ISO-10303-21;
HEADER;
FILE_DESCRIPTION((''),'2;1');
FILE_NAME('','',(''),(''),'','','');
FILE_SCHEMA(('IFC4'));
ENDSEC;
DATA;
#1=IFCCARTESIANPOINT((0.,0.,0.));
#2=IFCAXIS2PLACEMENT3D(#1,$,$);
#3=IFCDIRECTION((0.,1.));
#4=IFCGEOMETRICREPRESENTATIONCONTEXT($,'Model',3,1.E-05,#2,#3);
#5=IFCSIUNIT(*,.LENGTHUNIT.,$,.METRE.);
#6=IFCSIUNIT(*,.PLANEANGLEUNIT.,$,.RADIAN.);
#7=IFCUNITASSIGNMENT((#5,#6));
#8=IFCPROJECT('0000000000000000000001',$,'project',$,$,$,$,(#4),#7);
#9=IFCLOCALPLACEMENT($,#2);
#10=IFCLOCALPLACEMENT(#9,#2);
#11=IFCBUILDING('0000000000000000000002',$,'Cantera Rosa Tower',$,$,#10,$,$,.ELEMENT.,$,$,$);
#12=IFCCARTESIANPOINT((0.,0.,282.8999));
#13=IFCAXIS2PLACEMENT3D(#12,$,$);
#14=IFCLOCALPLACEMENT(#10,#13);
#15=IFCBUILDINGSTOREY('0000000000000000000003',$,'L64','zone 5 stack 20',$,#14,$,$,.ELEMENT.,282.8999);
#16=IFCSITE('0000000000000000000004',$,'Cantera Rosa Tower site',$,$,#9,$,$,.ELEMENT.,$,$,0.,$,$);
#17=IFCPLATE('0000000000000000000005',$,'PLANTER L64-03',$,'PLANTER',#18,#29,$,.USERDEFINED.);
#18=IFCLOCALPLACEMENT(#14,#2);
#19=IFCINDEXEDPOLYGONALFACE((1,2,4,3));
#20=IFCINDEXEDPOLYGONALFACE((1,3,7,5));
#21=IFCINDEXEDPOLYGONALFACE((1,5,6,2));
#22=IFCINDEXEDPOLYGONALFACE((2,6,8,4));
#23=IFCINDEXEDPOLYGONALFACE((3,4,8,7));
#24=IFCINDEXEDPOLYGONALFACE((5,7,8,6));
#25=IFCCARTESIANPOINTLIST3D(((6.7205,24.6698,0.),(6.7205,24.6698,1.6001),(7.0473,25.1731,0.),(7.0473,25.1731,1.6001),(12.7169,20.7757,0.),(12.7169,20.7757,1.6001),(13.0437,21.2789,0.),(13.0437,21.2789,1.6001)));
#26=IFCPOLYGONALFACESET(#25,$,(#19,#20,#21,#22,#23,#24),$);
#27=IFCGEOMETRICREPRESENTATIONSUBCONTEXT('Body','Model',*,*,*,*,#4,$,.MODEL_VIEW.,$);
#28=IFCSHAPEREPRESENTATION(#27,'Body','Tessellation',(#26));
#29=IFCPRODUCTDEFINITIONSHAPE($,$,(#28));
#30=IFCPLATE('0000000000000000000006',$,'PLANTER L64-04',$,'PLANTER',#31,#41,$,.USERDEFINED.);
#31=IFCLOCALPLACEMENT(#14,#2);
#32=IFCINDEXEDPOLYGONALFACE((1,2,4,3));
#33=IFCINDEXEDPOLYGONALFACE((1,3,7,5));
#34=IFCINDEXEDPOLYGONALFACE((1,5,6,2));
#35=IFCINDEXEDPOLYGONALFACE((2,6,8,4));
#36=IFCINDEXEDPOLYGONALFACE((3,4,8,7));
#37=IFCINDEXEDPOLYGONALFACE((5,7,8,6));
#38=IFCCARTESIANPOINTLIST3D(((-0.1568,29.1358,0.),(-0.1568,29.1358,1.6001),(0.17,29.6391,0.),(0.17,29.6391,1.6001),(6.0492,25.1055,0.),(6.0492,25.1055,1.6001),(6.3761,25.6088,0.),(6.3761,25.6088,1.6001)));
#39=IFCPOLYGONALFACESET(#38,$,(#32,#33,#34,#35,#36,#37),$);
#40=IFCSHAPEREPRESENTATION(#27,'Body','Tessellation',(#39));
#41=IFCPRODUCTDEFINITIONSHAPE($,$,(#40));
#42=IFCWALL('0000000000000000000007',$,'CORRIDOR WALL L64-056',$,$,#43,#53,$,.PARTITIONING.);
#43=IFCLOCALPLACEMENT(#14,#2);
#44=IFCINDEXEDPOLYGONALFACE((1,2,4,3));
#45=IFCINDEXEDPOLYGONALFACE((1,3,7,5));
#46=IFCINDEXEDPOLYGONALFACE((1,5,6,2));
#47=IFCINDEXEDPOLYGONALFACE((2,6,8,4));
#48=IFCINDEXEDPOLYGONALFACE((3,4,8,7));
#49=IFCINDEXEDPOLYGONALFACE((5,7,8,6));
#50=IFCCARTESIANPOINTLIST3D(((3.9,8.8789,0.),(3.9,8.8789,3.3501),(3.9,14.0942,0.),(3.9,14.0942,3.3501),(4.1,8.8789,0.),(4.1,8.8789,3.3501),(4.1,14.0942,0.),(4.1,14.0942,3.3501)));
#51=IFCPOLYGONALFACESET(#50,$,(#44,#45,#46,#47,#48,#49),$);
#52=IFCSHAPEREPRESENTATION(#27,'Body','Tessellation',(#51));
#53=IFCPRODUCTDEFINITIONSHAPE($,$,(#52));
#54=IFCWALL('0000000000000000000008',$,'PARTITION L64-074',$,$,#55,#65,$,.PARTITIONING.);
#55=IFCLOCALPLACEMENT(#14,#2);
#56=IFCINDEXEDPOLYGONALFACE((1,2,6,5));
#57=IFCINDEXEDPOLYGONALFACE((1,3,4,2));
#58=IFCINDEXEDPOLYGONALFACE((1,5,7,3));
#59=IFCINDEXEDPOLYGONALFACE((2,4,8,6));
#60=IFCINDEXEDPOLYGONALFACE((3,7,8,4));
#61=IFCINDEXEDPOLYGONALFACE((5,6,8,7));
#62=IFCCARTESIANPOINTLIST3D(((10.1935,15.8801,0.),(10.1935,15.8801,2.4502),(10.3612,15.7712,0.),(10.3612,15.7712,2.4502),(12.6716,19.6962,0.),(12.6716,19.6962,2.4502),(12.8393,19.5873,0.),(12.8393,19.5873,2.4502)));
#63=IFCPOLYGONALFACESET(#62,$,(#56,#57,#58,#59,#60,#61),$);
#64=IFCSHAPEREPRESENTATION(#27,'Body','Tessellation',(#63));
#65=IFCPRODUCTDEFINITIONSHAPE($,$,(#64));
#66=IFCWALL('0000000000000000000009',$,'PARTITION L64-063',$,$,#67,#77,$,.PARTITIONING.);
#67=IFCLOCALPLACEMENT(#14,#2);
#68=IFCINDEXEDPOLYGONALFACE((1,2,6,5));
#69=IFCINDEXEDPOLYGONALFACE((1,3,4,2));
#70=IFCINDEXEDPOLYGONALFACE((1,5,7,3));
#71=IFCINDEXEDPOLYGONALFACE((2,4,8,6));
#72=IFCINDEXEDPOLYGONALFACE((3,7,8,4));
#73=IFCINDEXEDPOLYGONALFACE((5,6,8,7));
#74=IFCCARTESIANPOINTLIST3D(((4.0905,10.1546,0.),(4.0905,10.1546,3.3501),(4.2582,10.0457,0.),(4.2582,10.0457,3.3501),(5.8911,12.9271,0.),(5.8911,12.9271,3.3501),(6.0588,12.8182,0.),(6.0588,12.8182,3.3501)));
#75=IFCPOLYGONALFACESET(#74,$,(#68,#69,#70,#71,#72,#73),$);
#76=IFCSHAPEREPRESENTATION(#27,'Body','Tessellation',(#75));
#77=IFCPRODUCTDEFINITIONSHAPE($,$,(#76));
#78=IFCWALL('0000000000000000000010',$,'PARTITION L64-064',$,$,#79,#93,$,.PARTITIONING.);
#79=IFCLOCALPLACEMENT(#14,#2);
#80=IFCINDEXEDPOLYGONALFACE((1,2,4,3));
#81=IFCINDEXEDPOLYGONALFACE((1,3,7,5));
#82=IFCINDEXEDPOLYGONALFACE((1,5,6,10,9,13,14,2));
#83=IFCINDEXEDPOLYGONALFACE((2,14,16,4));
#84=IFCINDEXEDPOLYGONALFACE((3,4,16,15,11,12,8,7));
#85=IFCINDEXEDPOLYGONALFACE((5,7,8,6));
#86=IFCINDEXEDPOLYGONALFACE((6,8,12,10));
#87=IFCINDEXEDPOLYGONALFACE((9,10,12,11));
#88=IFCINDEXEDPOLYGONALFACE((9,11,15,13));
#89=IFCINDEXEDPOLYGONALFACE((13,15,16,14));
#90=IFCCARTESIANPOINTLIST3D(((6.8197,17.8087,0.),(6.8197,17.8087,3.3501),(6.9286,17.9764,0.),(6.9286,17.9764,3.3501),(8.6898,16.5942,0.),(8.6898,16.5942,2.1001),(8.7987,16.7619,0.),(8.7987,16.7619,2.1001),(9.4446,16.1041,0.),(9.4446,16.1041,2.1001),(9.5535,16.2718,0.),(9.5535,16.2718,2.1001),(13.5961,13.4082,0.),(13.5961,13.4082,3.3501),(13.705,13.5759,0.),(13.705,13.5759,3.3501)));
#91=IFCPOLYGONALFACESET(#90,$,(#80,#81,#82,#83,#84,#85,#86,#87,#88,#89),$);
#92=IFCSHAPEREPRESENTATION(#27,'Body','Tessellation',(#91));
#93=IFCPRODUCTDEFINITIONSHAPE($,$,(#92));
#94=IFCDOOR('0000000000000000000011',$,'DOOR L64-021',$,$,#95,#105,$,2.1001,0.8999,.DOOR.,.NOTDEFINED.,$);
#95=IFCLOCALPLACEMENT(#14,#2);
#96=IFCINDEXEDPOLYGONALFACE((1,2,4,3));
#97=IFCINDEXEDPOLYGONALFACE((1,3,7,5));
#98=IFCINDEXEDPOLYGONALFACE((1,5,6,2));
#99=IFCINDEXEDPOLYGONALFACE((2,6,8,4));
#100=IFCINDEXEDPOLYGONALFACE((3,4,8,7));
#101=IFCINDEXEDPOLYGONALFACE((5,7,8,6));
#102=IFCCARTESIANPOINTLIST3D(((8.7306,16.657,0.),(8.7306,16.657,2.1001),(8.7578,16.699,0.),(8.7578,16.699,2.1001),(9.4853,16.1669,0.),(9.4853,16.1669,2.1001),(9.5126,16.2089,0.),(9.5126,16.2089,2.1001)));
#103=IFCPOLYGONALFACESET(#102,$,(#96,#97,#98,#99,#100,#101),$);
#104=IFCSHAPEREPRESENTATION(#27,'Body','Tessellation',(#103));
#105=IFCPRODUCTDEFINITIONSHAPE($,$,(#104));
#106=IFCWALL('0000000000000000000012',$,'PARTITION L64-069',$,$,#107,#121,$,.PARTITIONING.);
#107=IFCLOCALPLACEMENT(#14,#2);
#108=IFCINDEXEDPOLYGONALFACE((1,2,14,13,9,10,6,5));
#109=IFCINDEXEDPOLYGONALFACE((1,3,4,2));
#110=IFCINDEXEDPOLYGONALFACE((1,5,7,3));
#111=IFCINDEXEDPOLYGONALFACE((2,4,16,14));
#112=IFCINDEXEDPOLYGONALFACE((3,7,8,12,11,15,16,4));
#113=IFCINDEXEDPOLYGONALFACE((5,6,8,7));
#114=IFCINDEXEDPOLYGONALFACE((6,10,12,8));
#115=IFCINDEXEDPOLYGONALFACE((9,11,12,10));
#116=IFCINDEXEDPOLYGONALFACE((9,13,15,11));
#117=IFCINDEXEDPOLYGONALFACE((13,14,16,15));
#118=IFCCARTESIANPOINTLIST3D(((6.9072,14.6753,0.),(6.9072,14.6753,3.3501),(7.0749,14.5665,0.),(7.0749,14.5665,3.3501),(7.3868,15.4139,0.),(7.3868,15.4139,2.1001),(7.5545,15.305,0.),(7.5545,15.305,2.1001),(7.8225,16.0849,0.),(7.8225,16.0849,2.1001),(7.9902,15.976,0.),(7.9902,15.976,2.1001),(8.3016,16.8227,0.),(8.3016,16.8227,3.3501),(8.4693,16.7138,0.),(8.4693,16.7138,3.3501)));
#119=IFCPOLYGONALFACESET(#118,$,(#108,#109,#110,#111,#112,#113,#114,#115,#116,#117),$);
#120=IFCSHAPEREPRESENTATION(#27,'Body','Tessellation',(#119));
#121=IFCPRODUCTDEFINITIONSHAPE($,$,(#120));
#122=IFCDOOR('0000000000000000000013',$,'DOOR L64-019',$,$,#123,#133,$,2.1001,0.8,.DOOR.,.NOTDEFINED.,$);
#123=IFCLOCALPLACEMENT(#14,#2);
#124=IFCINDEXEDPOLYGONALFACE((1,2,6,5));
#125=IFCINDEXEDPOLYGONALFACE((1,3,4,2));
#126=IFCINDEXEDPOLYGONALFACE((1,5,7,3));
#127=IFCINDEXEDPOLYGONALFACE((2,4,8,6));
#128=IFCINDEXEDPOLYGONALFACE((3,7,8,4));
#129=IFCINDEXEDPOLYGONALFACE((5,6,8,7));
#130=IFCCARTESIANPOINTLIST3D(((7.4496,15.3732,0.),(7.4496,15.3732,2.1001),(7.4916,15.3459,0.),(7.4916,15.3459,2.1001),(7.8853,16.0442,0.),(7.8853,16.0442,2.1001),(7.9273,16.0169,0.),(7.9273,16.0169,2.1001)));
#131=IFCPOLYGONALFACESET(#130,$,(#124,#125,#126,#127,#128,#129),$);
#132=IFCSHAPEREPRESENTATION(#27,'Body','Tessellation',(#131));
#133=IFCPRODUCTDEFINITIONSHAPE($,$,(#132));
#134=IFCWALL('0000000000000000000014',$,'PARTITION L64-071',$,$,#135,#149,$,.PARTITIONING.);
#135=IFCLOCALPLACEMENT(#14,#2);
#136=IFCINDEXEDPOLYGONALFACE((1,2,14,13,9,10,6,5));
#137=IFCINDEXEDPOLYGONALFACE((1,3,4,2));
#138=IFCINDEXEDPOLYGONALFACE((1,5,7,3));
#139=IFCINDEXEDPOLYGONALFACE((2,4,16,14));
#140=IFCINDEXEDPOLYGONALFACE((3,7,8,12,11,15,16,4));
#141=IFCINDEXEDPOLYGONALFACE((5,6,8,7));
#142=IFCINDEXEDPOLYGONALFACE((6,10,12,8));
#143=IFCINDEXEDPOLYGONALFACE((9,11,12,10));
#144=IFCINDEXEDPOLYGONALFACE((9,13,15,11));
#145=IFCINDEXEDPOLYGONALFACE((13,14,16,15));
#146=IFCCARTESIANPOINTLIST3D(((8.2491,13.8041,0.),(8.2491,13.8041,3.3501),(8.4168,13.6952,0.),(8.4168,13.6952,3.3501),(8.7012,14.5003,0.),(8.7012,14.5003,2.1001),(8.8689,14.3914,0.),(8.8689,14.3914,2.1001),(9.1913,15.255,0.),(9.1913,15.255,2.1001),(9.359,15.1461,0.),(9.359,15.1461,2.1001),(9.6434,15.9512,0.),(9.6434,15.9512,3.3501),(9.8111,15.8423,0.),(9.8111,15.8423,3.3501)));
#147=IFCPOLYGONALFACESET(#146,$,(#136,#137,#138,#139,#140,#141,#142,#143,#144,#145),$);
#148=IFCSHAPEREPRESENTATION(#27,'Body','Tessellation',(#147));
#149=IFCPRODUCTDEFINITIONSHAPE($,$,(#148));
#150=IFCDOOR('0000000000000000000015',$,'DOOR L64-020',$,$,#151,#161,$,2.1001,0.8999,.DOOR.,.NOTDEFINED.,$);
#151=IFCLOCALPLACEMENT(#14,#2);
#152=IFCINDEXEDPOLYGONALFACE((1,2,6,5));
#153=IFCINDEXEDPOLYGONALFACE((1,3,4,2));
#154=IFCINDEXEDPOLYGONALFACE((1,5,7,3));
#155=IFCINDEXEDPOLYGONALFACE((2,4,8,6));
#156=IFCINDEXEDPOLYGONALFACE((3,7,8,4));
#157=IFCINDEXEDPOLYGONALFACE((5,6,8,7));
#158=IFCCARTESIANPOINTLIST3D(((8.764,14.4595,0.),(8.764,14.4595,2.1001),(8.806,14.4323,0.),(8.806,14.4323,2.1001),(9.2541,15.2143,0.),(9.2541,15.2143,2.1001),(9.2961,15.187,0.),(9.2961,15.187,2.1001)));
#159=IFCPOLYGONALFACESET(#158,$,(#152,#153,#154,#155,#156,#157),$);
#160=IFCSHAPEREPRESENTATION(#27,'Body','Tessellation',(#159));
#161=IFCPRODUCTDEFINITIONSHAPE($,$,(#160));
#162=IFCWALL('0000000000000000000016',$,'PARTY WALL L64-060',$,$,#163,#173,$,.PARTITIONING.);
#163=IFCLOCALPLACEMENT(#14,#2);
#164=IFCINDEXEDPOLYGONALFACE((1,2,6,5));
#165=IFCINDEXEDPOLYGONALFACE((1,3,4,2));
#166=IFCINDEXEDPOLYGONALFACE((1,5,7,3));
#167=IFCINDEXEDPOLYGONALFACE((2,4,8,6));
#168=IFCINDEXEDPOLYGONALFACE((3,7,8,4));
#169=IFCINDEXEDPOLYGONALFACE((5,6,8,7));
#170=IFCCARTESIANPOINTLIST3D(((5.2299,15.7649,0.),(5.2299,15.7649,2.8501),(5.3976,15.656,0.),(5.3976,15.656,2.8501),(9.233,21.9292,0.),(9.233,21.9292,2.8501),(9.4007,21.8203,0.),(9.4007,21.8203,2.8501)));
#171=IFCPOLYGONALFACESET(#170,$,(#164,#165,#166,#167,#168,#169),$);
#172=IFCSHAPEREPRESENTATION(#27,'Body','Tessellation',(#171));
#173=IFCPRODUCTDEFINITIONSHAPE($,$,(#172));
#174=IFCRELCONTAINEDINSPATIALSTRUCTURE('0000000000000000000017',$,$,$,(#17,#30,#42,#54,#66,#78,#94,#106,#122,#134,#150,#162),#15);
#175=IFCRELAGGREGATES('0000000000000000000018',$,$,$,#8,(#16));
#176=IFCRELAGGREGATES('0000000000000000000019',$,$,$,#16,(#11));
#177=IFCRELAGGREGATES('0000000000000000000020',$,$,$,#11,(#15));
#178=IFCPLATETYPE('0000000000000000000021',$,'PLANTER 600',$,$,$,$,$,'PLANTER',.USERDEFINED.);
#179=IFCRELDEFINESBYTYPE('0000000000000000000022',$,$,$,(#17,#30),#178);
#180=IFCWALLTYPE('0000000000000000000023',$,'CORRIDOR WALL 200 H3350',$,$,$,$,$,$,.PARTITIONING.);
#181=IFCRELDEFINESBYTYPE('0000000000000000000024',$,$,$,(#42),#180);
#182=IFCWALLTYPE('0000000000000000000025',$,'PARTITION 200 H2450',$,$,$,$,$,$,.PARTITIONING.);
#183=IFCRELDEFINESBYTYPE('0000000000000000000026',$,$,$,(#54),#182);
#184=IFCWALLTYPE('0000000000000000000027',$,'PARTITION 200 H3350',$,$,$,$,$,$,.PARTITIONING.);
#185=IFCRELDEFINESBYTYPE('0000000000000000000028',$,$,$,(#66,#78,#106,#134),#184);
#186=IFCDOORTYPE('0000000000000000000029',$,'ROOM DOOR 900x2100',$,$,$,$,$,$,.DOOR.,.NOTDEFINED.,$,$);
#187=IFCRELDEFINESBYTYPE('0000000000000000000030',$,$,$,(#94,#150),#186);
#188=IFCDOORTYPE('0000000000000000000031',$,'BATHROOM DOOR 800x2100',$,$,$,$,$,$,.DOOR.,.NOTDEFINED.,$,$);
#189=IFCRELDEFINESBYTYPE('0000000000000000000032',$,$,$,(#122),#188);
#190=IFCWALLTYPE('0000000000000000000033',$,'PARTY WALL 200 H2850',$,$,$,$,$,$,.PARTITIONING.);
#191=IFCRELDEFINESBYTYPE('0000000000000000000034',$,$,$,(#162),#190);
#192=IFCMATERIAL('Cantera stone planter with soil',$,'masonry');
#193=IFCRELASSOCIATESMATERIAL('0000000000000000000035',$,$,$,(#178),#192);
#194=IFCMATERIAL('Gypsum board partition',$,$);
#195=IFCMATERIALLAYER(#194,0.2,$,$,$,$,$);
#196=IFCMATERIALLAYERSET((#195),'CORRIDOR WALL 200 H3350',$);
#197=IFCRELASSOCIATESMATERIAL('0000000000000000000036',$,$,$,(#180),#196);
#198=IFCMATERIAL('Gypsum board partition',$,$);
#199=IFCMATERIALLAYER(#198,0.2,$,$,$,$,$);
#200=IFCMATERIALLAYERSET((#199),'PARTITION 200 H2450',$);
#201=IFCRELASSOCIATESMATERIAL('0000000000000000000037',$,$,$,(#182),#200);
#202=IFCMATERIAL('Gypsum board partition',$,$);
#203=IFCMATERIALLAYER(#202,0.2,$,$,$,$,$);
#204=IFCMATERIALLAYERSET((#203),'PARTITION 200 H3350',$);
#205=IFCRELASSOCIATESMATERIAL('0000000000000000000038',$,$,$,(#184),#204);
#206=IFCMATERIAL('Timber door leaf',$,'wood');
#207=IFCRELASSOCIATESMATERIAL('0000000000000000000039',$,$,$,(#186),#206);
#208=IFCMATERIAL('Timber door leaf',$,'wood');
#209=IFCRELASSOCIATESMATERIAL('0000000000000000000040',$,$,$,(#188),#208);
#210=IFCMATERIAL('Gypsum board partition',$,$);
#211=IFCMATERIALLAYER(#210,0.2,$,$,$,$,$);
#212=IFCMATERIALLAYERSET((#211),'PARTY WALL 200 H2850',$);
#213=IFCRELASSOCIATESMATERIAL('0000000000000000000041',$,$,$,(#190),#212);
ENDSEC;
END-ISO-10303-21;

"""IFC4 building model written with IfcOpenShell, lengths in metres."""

from ifc_helpers import new_model, si_unit, direction, frame, frame_2d, origin, origin_2d, place, context, subcontext, project, spatial, rectangle, extrude, material, layer, layer_set, type_object, element, fill, save


model = new_model("IFC4")

# Units and contexts
model_context = context("Model", 3, precision=1e-05, world=origin(), true_north=direction((0.0, 1.0)))
body_context = subcontext(model_context, "Body", "Model", "MODEL_VIEW")
ifc_project = project(units=[si_unit("LENGTHUNIT", "METRE"), si_unit("PLANEANGLEUNIT", "RADIAN")], contexts=[model_context])

# Site, building, storey
site_placement = place(None, origin())
site = spatial("IfcSite", under=ifc_project, at=site_placement, Name="Cantera Rosa Tower site", CompositionType="ELEMENT", RefElevation=0.0)
building_placement = place(site_placement, origin())
building = spatial("IfcBuilding", under=site, at=building_placement, Name="Cantera Rosa Tower", CompositionType="ELEMENT")
storey_placement = place(building_placement, frame((0.0, 0.0, 282.8999)))
storey = spatial("IfcBuildingStorey", under=building, at=storey_placement, Name="L64", Description="zone 5 stack 20", CompositionType="ELEMENT", Elevation=282.8999)

# Plates
ifc_material_1 = material(Name="Cantera stone planter with soil", Category="masonry")
plate_type = type_object("IfcPlateType", Name="PLANTER 600", ElementType="PLANTER", PredefinedType="USERDEFINED", material=ifc_material_1)
plate_1_placement = place(storey_placement, frame((9.8821, 22.9744, 0.0), z_axis=(0.0, 0.0, 1.0), x_axis=(-0.838671, 0.544639, 0.0)))
element("IfcPlate", 1, at=plate_1_placement, inside=storey, type_object=plate_type, Name="PLANTER L64-03", ObjectType="PLANTER", PredefinedType="USERDEFINED", context=body_context, shape_type="SweptSolid", body=[
    extrude(rectangle(XDim=7.1499, YDim=0.6001, at=origin_2d()), origin(), (0.0, 0.0, 1.0), 1.6001),
])
plate_2_placement = place(storey_placement, frame((3.1096, 27.3723, 0.0), z_axis=(0.0, 0.0, 1.0), x_axis=(-0.838671, 0.544639, 0.0)))
element("IfcPlate", 2, at=plate_2_placement, inside=storey, type_object=plate_type, Name="PLANTER L64-04", ObjectType="PLANTER", PredefinedType="USERDEFINED", context=body_context, shape_type="SweptSolid", body=[
    extrude(rectangle(XDim=7.3999, YDim=0.6001, at=origin_2d()), origin(), (0.0, 0.0, 1.0), 1.6001),
])

# Wall
ifc_material_2 = material(Name="Gypsum board partition")
ifc_layer_1 = layer(ifc_material_2, 0.2)
ifc_layer_set_1 = layer_set([ifc_layer_1], Name="CORRIDOR WALL 200 H3350")
wall_type_1 = type_object("IfcWallType", Name="CORRIDOR WALL 200 H3350", PredefinedType="PARTITIONING", material=ifc_layer_set_1)
wall_1_placement = place(storey_placement, frame((4.0, 8.8789, 0.0), z_axis=(0.0, 0.0, 1.0), x_axis=(0.0, 1.0, 0.0)))
element("IfcWall", 3, at=wall_1_placement, inside=storey, type_object=wall_type_1, Name="CORRIDOR WALL L64-056", PredefinedType="PARTITIONING", context=body_context, shape_type="SweptSolid", body=[
    extrude(rectangle(XDim=5.2153, YDim=0.2, at=frame_2d((2.6077, 0.0))), origin(), (0.0, 0.0, 1.0), 3.3501),
])

# Walls
ifc_material_3 = material(Name="Gypsum board partition")
ifc_layer_2 = layer(ifc_material_3, 0.2)
ifc_layer_set_2 = layer_set([ifc_layer_2], Name="PARTITION 200 H2450")
wall_type_2 = type_object("IfcWallType", Name="PARTITION 200 H2450", PredefinedType="PARTITIONING", material=ifc_layer_set_2)
wall_2_placement = place(storey_placement, frame((12.7554, 19.6416, 0.0), z_axis=(0.0, 0.0, 1.0), x_axis=(-0.54463, -0.838676, 0.0)))
element("IfcWall", 4, at=wall_2_placement, inside=storey, type_object=wall_type_2, Name="PARTITION L64-074", PredefinedType="PARTITIONING", context=body_context, shape_type="SweptSolid", body=[
    extrude(rectangle(XDim=4.55, YDim=0.2, at=frame_2d((2.2749, 0.0))), origin(), (0.0, 0.0, 1.0), 2.4502),
])
ifc_material_4 = material(Name="Gypsum board partition")
ifc_layer_3 = layer(ifc_material_4, 0.2)
ifc_layer_set_3 = layer_set([ifc_layer_3], Name="PARTITION 200 H3350")
wall_type_3 = type_object("IfcWallType", Name="PARTITION 200 H3350", PredefinedType="PARTITIONING", material=ifc_layer_set_3)
wall_3_placement = place(storey_placement, frame((5.9749, 12.8726, 0.0), z_axis=(0.0, 0.0, 1.0), x_axis=(-0.544656, -0.83866, 0.0)))
element("IfcWall", 5, at=wall_3_placement, inside=storey, type_object=wall_type_3, Name="PARTITION L64-063", PredefinedType="PARTITIONING", context=body_context, shape_type="SweptSolid", body=[
    extrude(rectangle(XDim=3.3059, YDim=0.2, at=frame_2d((1.6528, 0.0))), origin(), (0.0, 0.0, 1.0), 3.3501),
])

# Walls, openings, doors
wall_4_placement = place(storey_placement, frame((6.874, 17.8926, 0.0), z_axis=(0.0, 0.0, 1.0), x_axis=(0.838684, -0.544619, 0.0)))
wall_4 = element("IfcWall", 6, at=wall_4_placement, inside=storey, type_object=wall_type_3, Name="PARTITION L64-064", PredefinedType="PARTITIONING", context=body_context, shape_type="SweptSolid", body=[
    extrude(rectangle(XDim=8.0798, YDim=0.2, at=frame_2d((4.04, 0.0))), origin(), (0.0, 0.0, 1.0), 3.3501),
])
opening_1_placement = place(wall_4_placement, frame((2.23, 0.0, 0.0)))
opening_1 = element("IfcOpeningElement", 7, at=opening_1_placement, cuts=wall_4, PredefinedType="OPENING", context=body_context, shape_type="SweptSolid", body=[
    extrude(rectangle(XDim=0.8999, YDim=2.1001, at=frame_2d((0.45, 1.05))), frame((0.0, 0.1099, 0.0), z_axis=(0.0, -1.0, 0.0), x_axis=(1.0, 0.0, 0.0)), (0.0, 0.0, 1.0), 0.22),
])
ifc_material_5 = material(Name="Timber door leaf", Category="wood")
door_type_1 = type_object("IfcDoorType", Name="ROOM DOOR 900x2100", OperationType="NOTDEFINED", PredefinedType="DOOR", material=ifc_material_5)
door_1_placement = place(opening_1_placement, origin())
door_1 = element("IfcDoor", 8, at=door_1_placement, inside=storey, type_object=door_type_1, Name="DOOR L64-021", OperationType="NOTDEFINED", OverallHeight=2.1001, OverallWidth=0.8999, PredefinedType="DOOR", context=body_context, shape_type="SweptSolid", body=[
    extrude(rectangle(XDim=0.8999, YDim=2.1001, at=frame_2d((0.45, 1.05))), frame((0.0, 0.0249, 0.0), z_axis=(0.0, -1.0, 0.0), x_axis=(1.0, 0.0, 0.0)), (0.0, 0.0, 1.0), 0.05),
])
fill(opening_1, door_1)
wall_5_placement = place(storey_placement, frame((8.3855, 16.7683, 0.0), z_axis=(0.0, 0.0, 1.0), x_axis=(-0.544603, -0.838694, 0.0)))
wall_5 = element("IfcWall", 9, at=wall_5_placement, inside=storey, type_object=wall_type_3, Name="PARTITION L64-069", PredefinedType="PARTITIONING", context=body_context, shape_type="SweptSolid", body=[
    extrude(rectangle(XDim=2.5603, YDim=0.2, at=frame_2d((1.2803, 0.0))), origin(), (0.0, 0.0, 1.0), 3.3501),
])
opening_2_placement = place(wall_5_placement, frame((0.8799, 0.0, 0.0)))
opening_2 = element("IfcOpeningElement", 10, at=opening_2_placement, cuts=wall_5, PredefinedType="OPENING", context=body_context, shape_type="SweptSolid", body=[
    extrude(rectangle(XDim=0.8, YDim=2.1001, at=frame_2d((0.3999, 1.05))), frame((0.0, 0.1099, 0.0), z_axis=(0.0, -1.0, 0.0), x_axis=(1.0, 0.0, 0.0)), (0.0, 0.0, 1.0), 0.22),
])
ifc_material_6 = material(Name="Timber door leaf", Category="wood")
door_type_2 = type_object("IfcDoorType", Name="BATHROOM DOOR 800x2100", OperationType="NOTDEFINED", PredefinedType="DOOR", material=ifc_material_6)
door_2_placement = place(opening_2_placement, origin())
door_2 = element("IfcDoor", 11, at=door_2_placement, inside=storey, type_object=door_type_2, Name="DOOR L64-019", OperationType="NOTDEFINED", OverallHeight=2.1001, OverallWidth=0.8, PredefinedType="DOOR", context=body_context, shape_type="SweptSolid", body=[
    extrude(rectangle(XDim=0.8, YDim=2.1001, at=frame_2d((0.3999, 1.05))), frame((0.0, 0.0249, 0.0), z_axis=(0.0, -1.0, 0.0), x_axis=(1.0, 0.0, 0.0)), (0.0, 0.0, 1.0), 0.05),
])
fill(opening_2, door_2)
wall_6_placement = place(storey_placement, frame((9.7273, 15.8967, 0.0), z_axis=(0.0, 0.0, 1.0), x_axis=(-0.544646, -0.838666, 0.0)))
wall_6 = element("IfcWall", 12, at=wall_6_placement, inside=storey, type_object=wall_type_3, Name="PARTITION L64-071", PredefinedType="PARTITIONING", context=body_context, shape_type="SweptSolid", body=[
    extrude(rectangle(XDim=2.5601, YDim=0.2, at=frame_2d((1.28, 0.0))), origin(), (0.0, 0.0, 1.0), 3.3501),
])
opening_3_placement = place(wall_6_placement, frame((0.8301, 0.0, 0.0)))
opening_3 = element("IfcOpeningElement", 13, at=opening_3_placement, cuts=wall_6, PredefinedType="OPENING", context=body_context, shape_type="SweptSolid", body=[
    extrude(rectangle(XDim=0.8999, YDim=2.1001, at=frame_2d((0.45, 1.05))), frame((0.0, 0.1099, 0.0), z_axis=(0.0, -1.0, 0.0), x_axis=(1.0, 0.0, 0.0)), (0.0, 0.0, 1.0), 0.22),
])
door_3_placement = place(opening_3_placement, origin())
door_3 = element("IfcDoor", 14, at=door_3_placement, inside=storey, type_object=door_type_1, Name="DOOR L64-020", OperationType="NOTDEFINED", OverallHeight=2.1001, OverallWidth=0.8999, PredefinedType="DOOR", context=body_context, shape_type="SweptSolid", body=[
    extrude(rectangle(XDim=0.8999, YDim=2.1001, at=frame_2d((0.45, 1.05))), frame((0.0, 0.0249, 0.0), z_axis=(0.0, -1.0, 0.0), x_axis=(1.0, 0.0, 0.0)), (0.0, 0.0, 1.0), 0.05),
])
fill(opening_3, door_3)

# Wall
ifc_material_7 = material(Name="Gypsum board partition")
ifc_layer_4 = layer(ifc_material_7, 0.2)
ifc_layer_set_4 = layer_set([ifc_layer_4], Name="PARTY WALL 200 H2850")
wall_type_4 = type_object("IfcWallType", Name="PARTY WALL 200 H2850", PredefinedType="PARTITIONING", material=ifc_layer_set_4)
wall_7_placement = place(storey_placement, frame((5.3137, 15.7104, 0.0), z_axis=(0.0, 0.0, 1.0), x_axis=(0.544642, 0.838669, 0.0)))
element("IfcWall", 15, at=wall_7_placement, inside=storey, type_object=wall_type_4, Name="PARTY WALL L64-060", PredefinedType="PARTITIONING", context=body_context, shape_type="SweptSolid", body=[
    extrude(rectangle(XDim=7.3501, YDim=0.2, at=frame_2d((3.675, 0.0))), origin(), (0.0, 0.0, 1.0), 2.8501),
])

save(model, "model.ifc")
